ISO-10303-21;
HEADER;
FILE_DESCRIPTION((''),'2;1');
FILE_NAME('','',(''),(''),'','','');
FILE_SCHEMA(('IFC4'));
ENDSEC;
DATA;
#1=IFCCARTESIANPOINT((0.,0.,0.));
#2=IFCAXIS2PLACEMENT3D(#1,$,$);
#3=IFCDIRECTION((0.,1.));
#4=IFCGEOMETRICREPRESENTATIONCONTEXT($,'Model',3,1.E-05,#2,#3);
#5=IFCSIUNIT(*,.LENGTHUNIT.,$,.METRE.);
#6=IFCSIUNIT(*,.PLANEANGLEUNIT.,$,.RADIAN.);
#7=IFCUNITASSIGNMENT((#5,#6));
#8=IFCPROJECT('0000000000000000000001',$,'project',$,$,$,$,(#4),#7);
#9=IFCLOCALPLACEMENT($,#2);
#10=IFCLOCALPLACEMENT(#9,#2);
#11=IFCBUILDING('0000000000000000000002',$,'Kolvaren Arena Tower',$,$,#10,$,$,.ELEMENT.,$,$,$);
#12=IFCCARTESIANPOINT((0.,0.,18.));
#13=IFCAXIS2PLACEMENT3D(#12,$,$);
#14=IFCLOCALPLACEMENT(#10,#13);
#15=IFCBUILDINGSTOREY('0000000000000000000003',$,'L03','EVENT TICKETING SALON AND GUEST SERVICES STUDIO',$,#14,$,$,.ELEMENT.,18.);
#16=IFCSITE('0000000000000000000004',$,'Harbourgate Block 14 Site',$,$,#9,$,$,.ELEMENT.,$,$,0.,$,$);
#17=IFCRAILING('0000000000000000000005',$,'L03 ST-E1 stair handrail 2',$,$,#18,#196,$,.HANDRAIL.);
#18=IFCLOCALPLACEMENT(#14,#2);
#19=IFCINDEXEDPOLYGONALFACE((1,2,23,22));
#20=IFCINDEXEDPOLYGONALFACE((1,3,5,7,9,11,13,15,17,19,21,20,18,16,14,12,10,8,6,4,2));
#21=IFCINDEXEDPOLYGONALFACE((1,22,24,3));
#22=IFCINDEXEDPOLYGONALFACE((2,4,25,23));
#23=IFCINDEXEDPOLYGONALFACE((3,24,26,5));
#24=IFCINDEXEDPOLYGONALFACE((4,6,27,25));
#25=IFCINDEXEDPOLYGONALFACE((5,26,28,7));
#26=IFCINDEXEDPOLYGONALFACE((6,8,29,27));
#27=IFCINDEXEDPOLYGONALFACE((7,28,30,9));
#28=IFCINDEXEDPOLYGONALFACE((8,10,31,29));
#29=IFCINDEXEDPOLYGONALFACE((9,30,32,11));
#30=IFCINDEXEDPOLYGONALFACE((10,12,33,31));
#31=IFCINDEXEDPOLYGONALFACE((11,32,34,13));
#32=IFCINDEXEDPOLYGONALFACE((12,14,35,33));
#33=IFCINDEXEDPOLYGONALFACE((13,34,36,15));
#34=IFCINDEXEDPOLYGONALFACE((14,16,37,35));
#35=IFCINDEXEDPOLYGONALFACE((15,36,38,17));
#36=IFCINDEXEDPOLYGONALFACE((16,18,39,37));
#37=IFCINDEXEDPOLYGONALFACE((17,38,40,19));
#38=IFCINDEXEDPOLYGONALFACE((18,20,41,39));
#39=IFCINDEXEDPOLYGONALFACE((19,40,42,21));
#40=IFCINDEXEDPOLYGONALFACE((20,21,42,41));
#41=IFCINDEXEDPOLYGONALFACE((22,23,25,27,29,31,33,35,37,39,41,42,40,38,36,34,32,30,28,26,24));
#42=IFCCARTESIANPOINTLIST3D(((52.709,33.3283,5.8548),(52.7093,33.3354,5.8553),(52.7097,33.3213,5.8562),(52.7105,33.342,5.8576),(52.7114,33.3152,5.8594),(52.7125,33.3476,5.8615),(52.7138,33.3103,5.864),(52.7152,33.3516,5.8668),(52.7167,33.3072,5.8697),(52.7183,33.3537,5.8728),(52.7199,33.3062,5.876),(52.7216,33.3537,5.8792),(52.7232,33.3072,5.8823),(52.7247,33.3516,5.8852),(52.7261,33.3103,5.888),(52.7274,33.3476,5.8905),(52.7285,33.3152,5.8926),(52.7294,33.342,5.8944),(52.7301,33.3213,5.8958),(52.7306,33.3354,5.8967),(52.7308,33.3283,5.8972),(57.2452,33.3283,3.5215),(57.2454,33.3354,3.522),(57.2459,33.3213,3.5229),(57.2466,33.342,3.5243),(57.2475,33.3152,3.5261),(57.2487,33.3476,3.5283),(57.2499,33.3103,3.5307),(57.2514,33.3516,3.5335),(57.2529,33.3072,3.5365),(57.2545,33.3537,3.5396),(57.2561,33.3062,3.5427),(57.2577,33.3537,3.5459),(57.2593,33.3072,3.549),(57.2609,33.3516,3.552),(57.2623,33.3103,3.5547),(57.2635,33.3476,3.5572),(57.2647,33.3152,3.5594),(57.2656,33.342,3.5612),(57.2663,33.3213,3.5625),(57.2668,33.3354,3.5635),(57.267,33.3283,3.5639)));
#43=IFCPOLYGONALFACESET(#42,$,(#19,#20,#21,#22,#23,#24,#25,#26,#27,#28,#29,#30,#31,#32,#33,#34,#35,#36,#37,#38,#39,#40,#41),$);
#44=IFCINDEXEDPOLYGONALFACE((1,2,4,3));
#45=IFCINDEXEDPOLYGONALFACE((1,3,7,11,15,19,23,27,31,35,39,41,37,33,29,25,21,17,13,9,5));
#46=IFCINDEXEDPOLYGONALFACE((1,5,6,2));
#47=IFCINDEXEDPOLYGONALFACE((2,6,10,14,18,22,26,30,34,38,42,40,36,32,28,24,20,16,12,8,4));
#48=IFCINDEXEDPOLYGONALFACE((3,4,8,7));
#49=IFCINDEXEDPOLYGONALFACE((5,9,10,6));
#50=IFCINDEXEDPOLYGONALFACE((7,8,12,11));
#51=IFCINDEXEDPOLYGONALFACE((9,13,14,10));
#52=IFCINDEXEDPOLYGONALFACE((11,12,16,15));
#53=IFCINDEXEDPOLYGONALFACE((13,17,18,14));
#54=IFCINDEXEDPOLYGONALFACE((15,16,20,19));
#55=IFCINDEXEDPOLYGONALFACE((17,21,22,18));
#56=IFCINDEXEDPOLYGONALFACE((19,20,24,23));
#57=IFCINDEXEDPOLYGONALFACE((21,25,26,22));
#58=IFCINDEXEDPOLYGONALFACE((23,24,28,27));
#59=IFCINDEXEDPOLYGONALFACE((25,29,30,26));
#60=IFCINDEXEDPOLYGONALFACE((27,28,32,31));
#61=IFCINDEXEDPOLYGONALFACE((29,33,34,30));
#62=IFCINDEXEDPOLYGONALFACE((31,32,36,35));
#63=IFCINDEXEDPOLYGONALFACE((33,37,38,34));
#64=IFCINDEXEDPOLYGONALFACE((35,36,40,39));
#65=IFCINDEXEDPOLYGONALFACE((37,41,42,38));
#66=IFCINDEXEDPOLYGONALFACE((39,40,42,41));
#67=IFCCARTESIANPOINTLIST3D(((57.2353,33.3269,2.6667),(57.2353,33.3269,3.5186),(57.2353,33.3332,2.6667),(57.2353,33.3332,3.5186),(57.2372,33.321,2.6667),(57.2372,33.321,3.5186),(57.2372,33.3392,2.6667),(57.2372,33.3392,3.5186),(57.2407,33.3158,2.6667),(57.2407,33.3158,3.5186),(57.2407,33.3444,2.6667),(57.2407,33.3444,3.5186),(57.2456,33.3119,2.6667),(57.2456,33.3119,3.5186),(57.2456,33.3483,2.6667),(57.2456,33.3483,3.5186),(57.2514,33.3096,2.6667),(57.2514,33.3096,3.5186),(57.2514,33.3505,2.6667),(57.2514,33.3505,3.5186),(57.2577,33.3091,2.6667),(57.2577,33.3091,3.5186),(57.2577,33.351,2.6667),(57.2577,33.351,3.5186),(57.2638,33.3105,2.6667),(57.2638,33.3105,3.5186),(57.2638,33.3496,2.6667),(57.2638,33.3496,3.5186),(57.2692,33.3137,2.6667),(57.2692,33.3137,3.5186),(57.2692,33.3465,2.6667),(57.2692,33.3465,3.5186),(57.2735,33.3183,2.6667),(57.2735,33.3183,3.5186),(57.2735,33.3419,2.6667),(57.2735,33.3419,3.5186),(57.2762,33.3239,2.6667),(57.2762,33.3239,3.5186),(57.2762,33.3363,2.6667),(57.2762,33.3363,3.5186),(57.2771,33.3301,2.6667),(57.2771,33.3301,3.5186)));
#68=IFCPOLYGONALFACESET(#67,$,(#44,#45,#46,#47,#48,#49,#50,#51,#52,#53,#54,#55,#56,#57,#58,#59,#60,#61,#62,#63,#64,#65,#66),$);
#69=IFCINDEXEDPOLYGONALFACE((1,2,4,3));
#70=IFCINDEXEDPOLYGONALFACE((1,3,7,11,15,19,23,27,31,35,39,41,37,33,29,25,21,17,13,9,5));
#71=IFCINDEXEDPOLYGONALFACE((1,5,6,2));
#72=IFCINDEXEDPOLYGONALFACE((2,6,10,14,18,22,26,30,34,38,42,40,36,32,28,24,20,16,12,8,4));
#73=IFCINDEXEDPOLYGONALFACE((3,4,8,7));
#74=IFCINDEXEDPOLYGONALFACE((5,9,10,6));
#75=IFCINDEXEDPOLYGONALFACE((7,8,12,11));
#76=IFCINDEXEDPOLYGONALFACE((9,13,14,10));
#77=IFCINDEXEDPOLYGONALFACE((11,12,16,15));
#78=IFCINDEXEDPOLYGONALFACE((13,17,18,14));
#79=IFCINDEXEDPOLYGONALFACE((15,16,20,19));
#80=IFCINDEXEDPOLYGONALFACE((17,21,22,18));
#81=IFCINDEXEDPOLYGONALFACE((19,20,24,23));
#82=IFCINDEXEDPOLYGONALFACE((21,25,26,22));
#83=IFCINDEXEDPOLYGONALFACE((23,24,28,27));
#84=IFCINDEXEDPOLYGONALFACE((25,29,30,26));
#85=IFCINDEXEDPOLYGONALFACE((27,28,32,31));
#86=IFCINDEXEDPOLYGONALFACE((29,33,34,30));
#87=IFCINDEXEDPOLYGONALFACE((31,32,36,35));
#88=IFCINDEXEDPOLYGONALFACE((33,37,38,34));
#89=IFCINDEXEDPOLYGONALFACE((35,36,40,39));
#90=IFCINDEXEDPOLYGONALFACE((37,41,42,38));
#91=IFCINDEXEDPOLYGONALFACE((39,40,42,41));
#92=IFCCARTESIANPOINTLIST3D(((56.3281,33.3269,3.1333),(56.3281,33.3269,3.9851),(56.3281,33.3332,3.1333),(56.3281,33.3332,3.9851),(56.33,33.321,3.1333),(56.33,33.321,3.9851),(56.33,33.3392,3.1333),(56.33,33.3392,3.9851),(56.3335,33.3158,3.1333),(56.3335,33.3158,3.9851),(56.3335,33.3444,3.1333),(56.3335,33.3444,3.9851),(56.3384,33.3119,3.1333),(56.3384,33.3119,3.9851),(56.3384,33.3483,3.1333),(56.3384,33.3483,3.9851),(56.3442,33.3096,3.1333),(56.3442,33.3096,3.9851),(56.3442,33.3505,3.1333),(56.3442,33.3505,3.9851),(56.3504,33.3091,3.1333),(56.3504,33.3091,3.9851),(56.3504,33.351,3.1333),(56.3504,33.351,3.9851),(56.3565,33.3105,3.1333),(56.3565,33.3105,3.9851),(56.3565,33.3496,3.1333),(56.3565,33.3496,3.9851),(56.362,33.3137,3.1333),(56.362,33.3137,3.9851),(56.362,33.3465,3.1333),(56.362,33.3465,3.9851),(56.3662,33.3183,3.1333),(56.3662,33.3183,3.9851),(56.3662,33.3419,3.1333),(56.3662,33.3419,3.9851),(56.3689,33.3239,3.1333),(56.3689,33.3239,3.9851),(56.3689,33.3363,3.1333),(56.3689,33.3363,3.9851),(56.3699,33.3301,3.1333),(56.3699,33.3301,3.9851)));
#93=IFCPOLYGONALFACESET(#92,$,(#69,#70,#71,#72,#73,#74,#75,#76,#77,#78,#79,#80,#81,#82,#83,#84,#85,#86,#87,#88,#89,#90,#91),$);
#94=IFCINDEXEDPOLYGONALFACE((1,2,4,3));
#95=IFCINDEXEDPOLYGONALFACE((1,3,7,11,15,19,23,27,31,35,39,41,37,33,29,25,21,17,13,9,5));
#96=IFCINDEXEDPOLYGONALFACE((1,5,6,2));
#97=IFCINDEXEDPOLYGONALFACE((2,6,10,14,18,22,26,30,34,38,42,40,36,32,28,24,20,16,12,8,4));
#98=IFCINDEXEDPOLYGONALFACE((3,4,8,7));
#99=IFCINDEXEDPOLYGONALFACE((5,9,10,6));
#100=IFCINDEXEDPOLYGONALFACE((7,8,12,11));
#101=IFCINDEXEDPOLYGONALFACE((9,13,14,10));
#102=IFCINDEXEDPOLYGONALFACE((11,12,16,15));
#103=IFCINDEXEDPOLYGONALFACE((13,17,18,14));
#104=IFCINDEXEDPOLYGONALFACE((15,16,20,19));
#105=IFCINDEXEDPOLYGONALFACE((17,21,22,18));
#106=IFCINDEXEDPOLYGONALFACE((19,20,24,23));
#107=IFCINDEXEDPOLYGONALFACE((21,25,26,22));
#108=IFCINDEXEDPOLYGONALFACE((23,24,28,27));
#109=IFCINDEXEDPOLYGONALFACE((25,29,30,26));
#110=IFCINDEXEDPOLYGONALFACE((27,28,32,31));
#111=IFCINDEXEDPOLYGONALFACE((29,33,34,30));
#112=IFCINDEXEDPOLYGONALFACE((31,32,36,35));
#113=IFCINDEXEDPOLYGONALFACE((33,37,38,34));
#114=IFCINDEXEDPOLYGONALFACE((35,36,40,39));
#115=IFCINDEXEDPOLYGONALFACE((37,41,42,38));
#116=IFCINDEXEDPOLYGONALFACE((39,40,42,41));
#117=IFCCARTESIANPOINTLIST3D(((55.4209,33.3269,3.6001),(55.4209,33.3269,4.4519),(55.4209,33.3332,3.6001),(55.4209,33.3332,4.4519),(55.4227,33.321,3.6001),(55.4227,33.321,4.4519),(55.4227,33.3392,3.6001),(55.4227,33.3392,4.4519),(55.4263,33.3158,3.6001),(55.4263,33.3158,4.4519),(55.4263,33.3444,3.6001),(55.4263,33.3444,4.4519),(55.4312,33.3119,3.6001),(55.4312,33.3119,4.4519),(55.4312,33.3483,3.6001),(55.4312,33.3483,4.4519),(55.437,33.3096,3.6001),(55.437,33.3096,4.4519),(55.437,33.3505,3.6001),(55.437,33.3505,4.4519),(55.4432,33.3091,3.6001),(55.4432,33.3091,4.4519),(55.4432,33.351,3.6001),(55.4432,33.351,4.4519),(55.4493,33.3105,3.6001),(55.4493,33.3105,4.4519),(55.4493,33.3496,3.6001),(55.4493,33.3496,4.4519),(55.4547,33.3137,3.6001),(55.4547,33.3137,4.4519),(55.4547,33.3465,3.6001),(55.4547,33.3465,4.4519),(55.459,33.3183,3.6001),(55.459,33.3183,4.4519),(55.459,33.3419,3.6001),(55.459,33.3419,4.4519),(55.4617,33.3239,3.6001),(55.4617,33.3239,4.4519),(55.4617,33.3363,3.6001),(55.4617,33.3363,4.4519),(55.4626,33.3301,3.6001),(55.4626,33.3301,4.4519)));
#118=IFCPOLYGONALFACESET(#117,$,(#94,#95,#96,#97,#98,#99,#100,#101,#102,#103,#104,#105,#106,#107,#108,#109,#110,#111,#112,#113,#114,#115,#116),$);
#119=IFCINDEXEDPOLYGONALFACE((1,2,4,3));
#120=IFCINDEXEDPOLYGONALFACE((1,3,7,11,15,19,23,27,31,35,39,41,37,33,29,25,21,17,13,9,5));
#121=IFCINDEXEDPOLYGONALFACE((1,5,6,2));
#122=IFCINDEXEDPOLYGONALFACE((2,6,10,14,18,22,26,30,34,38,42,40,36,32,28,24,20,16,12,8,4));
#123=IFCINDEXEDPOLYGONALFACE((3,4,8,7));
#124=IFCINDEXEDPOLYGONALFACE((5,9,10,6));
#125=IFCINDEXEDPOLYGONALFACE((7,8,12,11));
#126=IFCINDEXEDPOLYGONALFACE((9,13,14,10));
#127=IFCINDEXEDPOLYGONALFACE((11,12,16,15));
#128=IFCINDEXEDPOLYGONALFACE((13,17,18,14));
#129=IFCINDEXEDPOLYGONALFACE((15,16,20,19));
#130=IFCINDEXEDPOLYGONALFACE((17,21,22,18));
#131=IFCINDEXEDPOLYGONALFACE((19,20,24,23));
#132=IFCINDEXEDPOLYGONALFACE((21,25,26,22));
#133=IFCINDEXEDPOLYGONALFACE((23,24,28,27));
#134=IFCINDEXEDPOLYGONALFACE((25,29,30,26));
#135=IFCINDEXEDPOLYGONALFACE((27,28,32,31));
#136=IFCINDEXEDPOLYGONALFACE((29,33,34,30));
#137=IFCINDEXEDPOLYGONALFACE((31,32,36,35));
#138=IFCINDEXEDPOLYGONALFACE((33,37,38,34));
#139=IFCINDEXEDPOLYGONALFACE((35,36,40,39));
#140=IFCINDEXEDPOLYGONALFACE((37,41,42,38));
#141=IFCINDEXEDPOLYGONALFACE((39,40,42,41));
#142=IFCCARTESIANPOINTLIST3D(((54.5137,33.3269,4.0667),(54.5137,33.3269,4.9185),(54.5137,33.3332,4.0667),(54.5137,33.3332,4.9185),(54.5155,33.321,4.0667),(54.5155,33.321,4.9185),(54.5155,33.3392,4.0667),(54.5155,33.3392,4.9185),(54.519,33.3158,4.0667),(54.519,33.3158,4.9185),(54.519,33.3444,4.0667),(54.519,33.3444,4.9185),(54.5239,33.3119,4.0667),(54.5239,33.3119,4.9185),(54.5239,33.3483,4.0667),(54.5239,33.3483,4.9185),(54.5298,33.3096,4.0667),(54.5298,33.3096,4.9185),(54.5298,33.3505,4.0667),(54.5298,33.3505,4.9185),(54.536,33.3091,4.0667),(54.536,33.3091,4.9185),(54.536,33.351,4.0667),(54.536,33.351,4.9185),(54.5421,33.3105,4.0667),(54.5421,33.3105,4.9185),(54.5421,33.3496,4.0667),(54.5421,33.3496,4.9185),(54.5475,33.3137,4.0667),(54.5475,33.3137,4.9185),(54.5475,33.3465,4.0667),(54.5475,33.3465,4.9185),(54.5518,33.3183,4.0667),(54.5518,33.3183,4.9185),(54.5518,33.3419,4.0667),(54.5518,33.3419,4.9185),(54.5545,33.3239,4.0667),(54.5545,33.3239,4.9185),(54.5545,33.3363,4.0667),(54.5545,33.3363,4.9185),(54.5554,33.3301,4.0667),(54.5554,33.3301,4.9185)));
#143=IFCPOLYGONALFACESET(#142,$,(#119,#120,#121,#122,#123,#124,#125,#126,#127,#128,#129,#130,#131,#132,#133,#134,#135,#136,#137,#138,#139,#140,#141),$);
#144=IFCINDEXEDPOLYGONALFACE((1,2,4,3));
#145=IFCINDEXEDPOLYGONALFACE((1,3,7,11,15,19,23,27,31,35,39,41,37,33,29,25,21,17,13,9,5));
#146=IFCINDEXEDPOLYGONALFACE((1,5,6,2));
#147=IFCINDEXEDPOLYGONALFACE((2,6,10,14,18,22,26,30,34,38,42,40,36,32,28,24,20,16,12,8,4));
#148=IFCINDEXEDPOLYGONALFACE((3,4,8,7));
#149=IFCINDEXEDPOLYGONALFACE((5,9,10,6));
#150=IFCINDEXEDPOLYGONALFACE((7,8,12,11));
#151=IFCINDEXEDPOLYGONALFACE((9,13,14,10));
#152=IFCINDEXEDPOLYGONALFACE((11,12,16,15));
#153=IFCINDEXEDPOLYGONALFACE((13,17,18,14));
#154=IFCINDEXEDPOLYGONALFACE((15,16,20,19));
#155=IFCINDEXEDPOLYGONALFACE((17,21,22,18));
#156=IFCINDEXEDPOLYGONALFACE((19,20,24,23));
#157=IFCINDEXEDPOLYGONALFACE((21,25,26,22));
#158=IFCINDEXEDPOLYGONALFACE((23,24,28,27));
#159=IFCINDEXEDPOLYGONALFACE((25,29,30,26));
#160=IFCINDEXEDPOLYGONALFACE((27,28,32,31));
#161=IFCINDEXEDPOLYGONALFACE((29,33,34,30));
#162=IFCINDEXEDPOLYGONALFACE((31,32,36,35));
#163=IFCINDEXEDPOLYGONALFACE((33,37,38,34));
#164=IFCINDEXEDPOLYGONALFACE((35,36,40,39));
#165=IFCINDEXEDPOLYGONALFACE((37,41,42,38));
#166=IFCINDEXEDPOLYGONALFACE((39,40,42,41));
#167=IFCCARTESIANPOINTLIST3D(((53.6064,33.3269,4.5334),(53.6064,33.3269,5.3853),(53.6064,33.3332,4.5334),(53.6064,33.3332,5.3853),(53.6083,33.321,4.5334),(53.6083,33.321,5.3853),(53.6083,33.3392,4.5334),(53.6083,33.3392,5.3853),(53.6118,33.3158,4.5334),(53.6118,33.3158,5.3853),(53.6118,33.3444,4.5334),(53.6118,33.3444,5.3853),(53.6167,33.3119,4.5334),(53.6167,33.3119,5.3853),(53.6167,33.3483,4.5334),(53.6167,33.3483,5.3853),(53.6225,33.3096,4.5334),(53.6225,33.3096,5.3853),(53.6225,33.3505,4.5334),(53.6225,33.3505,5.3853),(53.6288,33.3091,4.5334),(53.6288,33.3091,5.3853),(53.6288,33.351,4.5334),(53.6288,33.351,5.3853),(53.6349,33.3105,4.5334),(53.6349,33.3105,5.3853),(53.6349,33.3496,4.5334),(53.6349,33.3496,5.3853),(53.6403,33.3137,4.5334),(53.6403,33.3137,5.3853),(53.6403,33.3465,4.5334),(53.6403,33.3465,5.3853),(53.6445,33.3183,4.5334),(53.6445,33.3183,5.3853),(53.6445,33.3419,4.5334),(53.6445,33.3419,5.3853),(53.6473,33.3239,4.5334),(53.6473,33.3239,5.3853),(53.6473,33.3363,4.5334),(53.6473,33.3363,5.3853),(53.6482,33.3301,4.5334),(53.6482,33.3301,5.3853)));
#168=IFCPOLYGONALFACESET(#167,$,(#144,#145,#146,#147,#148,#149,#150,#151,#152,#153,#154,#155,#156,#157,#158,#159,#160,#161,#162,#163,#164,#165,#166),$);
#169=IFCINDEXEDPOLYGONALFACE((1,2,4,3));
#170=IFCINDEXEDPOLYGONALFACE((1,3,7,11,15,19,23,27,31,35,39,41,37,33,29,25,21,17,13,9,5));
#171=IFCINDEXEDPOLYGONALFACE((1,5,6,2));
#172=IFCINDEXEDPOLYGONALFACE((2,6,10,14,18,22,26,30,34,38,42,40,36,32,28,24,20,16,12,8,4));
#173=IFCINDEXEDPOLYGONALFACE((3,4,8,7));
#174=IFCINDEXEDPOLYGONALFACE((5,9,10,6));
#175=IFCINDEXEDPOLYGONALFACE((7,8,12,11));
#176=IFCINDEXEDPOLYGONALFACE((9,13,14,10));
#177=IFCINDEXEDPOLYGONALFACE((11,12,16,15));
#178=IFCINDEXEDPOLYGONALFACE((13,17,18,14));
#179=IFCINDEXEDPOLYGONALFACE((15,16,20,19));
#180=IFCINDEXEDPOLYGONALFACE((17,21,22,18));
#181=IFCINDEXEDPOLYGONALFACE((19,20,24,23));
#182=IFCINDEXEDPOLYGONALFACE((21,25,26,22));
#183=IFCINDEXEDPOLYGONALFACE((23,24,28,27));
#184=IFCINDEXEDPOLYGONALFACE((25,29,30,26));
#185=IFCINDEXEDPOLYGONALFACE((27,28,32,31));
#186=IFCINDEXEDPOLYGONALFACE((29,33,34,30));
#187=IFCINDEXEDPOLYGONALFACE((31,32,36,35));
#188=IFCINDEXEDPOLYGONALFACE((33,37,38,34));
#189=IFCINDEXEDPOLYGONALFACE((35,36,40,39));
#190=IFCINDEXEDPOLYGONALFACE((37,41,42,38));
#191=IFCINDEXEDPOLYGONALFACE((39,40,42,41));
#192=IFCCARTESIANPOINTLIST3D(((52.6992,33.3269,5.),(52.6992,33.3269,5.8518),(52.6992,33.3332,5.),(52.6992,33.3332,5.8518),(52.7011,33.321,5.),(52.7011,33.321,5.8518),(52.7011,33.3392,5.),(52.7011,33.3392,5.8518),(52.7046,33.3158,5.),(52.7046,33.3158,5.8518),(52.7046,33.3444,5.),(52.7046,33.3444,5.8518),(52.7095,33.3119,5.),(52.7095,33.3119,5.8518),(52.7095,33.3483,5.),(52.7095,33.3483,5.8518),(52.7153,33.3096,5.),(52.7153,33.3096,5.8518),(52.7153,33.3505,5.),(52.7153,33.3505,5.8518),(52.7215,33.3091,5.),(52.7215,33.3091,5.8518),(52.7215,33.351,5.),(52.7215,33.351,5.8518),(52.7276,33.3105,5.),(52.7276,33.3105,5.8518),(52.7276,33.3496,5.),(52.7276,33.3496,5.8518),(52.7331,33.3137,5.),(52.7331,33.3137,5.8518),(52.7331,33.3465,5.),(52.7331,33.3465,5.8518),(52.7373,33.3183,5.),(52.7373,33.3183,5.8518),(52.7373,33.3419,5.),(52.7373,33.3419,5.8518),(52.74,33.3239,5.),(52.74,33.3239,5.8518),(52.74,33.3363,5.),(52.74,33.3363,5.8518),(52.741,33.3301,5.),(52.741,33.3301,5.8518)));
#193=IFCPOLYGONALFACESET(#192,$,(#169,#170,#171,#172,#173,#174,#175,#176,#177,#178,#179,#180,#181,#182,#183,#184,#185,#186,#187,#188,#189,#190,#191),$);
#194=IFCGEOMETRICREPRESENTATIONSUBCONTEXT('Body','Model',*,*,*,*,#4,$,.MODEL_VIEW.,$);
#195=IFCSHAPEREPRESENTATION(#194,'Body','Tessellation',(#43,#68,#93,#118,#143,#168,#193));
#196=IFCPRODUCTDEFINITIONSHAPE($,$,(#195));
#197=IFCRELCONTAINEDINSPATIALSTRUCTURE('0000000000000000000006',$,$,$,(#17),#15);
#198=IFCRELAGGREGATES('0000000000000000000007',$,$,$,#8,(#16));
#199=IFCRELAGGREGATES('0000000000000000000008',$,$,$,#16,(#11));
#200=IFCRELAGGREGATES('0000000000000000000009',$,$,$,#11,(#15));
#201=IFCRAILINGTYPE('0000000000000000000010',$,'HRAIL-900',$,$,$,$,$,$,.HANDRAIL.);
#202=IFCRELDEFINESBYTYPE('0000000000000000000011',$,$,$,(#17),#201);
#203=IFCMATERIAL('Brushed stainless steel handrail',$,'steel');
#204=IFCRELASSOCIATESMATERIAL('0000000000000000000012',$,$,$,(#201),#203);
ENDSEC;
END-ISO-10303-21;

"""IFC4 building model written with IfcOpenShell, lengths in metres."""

from ifc_helpers import new_model, si_unit, direction, frame, origin, origin_2d, place, context, subcontext, project, spatial, circle, extrude, material, type_object, element, save


model = new_model("IFC4")

# Units and contexts
model_context = context("Model", 3, precision=1e-05, world=origin(), true_north=direction((0.0, 1.0)))
body_context = subcontext(model_context, "Body", "Model", "MODEL_VIEW")
ifc_project = project(units=[si_unit("LENGTHUNIT", "METRE"), si_unit("PLANEANGLEUNIT", "RADIAN")], contexts=[model_context])

# Site, building, storey
site_placement = place(None, origin())
site = spatial("IfcSite", under=ifc_project, at=site_placement, Name="Harbourgate Block 14 Site", CompositionType="ELEMENT", RefElevation=0.0)
building_placement = place(site_placement, origin())
building = spatial("IfcBuilding", under=site, at=building_placement, Name="Kolvaren Arena Tower", CompositionType="ELEMENT")
storey_placement = place(building_placement, frame((0.0, 0.0, 18.0)))
storey = spatial("IfcBuildingStorey", under=building, at=storey_placement, Name="L03", Description="EVENT TICKETING SALON AND GUEST SERVICES STUDIO", CompositionType="ELEMENT", Elevation=18.0)

# Railing
ifc_material_1 = material(Name="Brushed stainless steel handrail", Category="steel")
railing_type_1 = type_object("IfcRailingType", Name="HRAIL-900", PredefinedType="HANDRAIL", material=ifc_material_1)
railing_1_placement = place(storey_placement, frame((57.2561, 33.3301, 2.6667)))
element("IfcRailing", 1, at=railing_1_placement, inside=storey, type_object=railing_type_1, Name="L03 ST-E1 stair handrail 2", PredefinedType="HANDRAIL", context=body_context, shape_type="SweptSolid", body=[
    extrude(circle(Radius=0.0239, at=origin_2d()), frame((0.0, 0.0, 0.876), z_axis=(-0.889257, 0.0, 0.457407), x_axis=(0.0, -1.0, 0.0)), (0.0, 0.0, 1.0), 5.1011),
    extrude(circle(Radius=0.021, at=origin_2d()), origin(), (0.0, 0.0, 1.0), 0.8518),
    extrude(circle(Radius=0.021, at=origin_2d()), frame((-0.9072, 0.0, 0.4666)), (0.0, 0.0, 1.0), 0.8518),
    extrude(circle(Radius=0.021, at=origin_2d()), frame((-1.8145, 0.0, 0.9333)), (0.0, 0.0, 1.0), 0.8518),
    extrude(circle(Radius=0.021, at=origin_2d()), frame((-2.7217, 0.0, 1.3999)), (0.0, 0.0, 1.0), 0.8518),
    extrude(circle(Radius=0.021, at=origin_2d()), frame((-3.6289, 0.0, 1.8667)), (0.0, 0.0, 1.0), 0.8518),
    extrude(circle(Radius=0.021, at=origin_2d()), frame((-4.5361, 0.0, 2.3333)), (0.0, 0.0, 1.0), 0.8518),
])

save(model, "model.ifc")
